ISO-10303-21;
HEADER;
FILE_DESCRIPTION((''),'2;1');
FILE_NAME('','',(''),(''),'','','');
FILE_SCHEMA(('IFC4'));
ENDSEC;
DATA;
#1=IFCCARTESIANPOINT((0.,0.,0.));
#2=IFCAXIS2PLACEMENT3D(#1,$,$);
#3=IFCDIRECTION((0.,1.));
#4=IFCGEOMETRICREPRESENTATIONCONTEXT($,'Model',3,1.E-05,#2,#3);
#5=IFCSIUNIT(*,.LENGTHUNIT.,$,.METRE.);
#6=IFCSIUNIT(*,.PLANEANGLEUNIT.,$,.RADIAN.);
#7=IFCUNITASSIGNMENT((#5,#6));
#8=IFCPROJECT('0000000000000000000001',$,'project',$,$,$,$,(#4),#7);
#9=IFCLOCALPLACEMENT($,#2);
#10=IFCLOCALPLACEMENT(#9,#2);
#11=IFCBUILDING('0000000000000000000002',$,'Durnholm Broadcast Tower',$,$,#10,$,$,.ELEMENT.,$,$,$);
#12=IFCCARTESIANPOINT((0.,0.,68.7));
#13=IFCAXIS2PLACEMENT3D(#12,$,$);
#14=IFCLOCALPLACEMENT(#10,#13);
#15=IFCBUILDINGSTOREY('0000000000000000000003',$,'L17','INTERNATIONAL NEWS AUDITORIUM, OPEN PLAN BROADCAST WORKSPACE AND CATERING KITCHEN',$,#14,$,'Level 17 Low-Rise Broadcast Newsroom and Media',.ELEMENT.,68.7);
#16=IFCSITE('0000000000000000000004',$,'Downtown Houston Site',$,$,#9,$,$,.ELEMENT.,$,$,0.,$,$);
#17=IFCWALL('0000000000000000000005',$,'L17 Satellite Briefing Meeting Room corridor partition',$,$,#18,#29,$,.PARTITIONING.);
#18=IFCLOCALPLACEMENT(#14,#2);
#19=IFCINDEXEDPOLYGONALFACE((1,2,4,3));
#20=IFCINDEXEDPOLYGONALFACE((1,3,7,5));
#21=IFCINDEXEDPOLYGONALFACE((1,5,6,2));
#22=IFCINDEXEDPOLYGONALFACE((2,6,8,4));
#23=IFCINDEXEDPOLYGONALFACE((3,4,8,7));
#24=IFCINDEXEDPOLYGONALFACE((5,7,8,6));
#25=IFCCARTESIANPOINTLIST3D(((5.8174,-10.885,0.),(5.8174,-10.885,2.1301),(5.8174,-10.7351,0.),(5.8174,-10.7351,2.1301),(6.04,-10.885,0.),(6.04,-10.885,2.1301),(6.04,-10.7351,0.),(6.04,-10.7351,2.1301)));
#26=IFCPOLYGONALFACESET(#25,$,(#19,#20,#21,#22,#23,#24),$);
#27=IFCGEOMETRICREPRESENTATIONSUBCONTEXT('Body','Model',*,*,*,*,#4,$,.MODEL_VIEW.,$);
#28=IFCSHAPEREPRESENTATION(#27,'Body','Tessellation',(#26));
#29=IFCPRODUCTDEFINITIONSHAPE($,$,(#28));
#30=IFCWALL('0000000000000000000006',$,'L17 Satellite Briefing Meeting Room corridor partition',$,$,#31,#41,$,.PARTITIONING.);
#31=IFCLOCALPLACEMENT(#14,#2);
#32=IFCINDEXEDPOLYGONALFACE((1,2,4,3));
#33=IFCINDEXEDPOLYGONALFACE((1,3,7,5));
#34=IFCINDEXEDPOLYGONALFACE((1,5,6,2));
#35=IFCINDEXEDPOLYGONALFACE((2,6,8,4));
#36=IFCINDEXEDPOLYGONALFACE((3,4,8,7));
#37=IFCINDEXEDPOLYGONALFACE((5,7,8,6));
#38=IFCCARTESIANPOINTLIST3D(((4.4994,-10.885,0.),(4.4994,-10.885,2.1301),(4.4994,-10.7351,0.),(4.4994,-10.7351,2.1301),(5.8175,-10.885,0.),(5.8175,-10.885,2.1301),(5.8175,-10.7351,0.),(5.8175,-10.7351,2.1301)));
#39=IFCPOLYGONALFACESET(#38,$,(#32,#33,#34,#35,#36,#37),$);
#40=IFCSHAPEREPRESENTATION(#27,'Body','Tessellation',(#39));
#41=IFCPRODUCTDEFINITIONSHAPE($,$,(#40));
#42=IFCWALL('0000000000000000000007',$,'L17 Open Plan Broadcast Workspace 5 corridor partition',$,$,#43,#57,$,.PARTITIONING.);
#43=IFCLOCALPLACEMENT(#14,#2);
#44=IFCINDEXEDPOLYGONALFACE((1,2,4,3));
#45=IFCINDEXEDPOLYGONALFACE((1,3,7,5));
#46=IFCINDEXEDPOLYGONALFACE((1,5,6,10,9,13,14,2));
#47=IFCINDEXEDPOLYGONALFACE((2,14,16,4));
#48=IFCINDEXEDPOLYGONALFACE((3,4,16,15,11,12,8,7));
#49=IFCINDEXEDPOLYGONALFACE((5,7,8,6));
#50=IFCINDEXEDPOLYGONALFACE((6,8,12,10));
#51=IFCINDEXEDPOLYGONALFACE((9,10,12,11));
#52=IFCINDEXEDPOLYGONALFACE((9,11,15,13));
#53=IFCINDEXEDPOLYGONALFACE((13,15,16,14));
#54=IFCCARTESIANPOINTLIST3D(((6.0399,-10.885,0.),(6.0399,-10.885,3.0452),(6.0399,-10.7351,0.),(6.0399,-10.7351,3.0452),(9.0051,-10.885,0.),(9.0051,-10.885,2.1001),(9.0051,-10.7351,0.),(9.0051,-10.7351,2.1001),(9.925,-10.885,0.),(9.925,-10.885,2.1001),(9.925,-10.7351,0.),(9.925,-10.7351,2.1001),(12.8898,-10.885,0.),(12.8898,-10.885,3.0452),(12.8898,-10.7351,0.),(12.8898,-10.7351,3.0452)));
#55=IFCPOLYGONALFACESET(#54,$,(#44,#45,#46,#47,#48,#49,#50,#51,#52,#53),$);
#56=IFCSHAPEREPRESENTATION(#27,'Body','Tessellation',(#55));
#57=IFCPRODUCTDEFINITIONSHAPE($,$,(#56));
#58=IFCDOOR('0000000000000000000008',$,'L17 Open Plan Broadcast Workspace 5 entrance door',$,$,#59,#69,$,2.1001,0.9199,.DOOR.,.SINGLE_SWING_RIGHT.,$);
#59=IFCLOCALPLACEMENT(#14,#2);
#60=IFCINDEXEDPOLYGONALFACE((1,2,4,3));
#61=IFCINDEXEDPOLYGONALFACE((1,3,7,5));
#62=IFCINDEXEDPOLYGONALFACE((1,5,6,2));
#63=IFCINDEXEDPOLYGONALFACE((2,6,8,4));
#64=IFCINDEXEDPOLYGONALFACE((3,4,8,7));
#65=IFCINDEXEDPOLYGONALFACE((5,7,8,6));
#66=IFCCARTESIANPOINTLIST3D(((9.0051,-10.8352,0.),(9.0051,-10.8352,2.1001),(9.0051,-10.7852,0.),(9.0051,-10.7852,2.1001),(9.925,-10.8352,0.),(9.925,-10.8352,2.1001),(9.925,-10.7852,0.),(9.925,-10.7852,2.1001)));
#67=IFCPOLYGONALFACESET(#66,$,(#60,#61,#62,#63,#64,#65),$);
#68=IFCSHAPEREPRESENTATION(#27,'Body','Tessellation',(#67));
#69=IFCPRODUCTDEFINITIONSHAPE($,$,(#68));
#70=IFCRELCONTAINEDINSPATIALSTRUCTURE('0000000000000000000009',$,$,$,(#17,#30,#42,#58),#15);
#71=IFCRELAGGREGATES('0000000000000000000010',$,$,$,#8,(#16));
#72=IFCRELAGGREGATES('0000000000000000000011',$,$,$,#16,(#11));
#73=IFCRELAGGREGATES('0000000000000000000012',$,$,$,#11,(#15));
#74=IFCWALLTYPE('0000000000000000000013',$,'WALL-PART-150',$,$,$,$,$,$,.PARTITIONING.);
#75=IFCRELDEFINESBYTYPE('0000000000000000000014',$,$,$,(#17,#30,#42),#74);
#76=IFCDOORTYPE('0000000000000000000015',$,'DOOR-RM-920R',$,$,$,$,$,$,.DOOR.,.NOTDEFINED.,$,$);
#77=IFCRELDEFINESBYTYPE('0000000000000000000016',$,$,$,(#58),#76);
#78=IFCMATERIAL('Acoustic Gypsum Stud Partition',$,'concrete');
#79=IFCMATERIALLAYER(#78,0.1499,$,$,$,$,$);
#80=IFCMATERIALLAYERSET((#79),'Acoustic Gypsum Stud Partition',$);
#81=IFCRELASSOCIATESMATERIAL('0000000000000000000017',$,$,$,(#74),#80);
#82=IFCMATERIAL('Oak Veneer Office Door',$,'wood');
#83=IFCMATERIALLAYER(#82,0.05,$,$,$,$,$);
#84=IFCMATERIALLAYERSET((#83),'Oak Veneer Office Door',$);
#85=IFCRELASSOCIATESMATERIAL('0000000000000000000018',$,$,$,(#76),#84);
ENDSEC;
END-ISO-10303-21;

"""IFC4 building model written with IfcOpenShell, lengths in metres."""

from ifc_helpers import new_model, si_unit, direction, frame, frame_2d, origin, place, context, subcontext, project, spatial, rectangle, extrude, source, transform, mapped, material, layer, layer_set, type_object, type_shapes, element, fill, save


model = new_model("IFC4")

# Units and contexts
model_context = context("Model", 3, precision=1e-05, world=origin(), true_north=direction((0.0, 1.0)))
body_context = subcontext(model_context, "Body", "Model", "MODEL_VIEW")
ifc_project = project(units=[si_unit("LENGTHUNIT", "METRE"), si_unit("PLANEANGLEUNIT", "RADIAN")], contexts=[model_context])

# Site, building, storey
site_placement = place(None, origin())
site = spatial("IfcSite", under=ifc_project, at=site_placement, Name="Downtown Houston Site", CompositionType="ELEMENT", RefElevation=0.0)
building_placement = place(site_placement, origin())
building = spatial("IfcBuilding", under=site, at=building_placement, Name="Durnholm Broadcast Tower", CompositionType="ELEMENT")
storey_placement = place(building_placement, frame((0.0, 0.0, 68.7)))
storey = spatial("IfcBuildingStorey", under=building, at=storey_placement, Name="L17", Description="INTERNATIONAL NEWS AUDITORIUM, OPEN PLAN BROADCAST WORKSPACE AND CATERING KITCHEN", LongName="Level 17 Low-Rise Broadcast Newsroom and Media", CompositionType="ELEMENT", Elevation=68.7)

# Walls
ifc_material_1 = material(Name="Acoustic Gypsum Stud Partition", Category="concrete")
ifc_layer_1 = layer(ifc_material_1, 0.1499)
ifc_layer_set_1 = layer_set([ifc_layer_1], Name="Acoustic Gypsum Stud Partition")
wall_type_1 = type_object("IfcWallType", Name="WALL-PART-150", PredefinedType="PARTITIONING", material=ifc_layer_set_1)
wall_1_placement = place(storey_placement, frame((5.8174, -10.8101, 0.0), z_axis=(0.0, 0.0, 1.0), x_axis=(1.0, 0.0, 0.0)))
element("IfcWall", 1, at=wall_1_placement, inside=storey, type_object=wall_type_1, Name="L17 Satellite Briefing Meeting Room corridor partition", PredefinedType="PARTITIONING", context=body_context, shape_type="SweptSolid", body=[
    extrude(rectangle(XDim=0.2227, YDim=0.1499, at=frame_2d((0.1113, 0.0))), origin(), (0.0, 0.0, 1.0), 2.1301),
])
wall_2_placement = place(storey_placement, frame((4.4993, -10.8101, 0.0), z_axis=(0.0, 0.0, 1.0), x_axis=(1.0, 0.0, 0.0)))
element("IfcWall", 2, at=wall_2_placement, inside=storey, type_object=wall_type_1, Name="L17 Satellite Briefing Meeting Room corridor partition", PredefinedType="PARTITIONING", context=body_context, shape_type="SweptSolid", body=[
    extrude(rectangle(XDim=1.3181, YDim=0.1499, at=frame_2d((0.6592, 0.0))), origin(), (0.0, 0.0, 1.0), 2.1301),
])

# Wall, opening, door
wall_3_placement = place(storey_placement, frame((6.04, -10.8101, 0.0), z_axis=(0.0, 0.0, 1.0), x_axis=(1.0, 0.0, 0.0)))
wall_3 = element("IfcWall", 3, at=wall_3_placement, inside=storey, type_object=wall_type_1, Name="L17 Open Plan Broadcast Workspace 5 corridor partition", PredefinedType="PARTITIONING", context=body_context, shape_type="SweptSolid", body=[
    extrude(rectangle(XDim=6.8499, YDim=0.1499, at=frame_2d((3.4248, 0.0))), origin(), (0.0, 0.0, 1.0), 3.0452),
])
opening_placement = place(wall_3_placement, frame((2.9651, 0.0, 0.0)))
opening = element("IfcOpeningElement", 4, at=opening_placement, cuts=wall_3, PredefinedType="OPENING", context=body_context, shape_type="SweptSolid", body=[
    extrude(rectangle(XDim=0.9199, YDim=2.1001, at=frame_2d((0.46, 1.05))), frame((0.0, 0.085, 0.0), z_axis=(0.0, -1.0, 0.0), x_axis=(1.0, 0.0, 0.0)), (0.0, 0.0, 1.0), 0.1699),
])
ifc_material_2 = material(Name="Oak Veneer Office Door", Category="wood")
ifc_layer_2 = layer(ifc_material_2, 0.05)
ifc_layer_set_2 = layer_set([ifc_layer_2], Name="Oak Veneer Office Door")
door_type = type_object("IfcDoorType", Name="DOOR-RM-920R", OperationType="NOTDEFINED", PredefinedType="DOOR", material=ifc_layer_set_2)
shared_shape_1 = source(origin(), body_context, "Body", "SweptSolid", [
    extrude(rectangle(XDim=0.9199, YDim=2.1001, at=frame_2d((0.46, 1.05))), frame((0.0, 0.0249, 0.0), z_axis=(0.0, -1.0, 0.0), x_axis=(1.0, 0.0, 0.0)), (0.0, 0.0, 1.0), 0.05),
])
type_shapes(door_type, [shared_shape_1])
door_placement = place(opening_placement, origin())
door = element("IfcDoor", 5, at=door_placement, inside=storey, type_object=door_type, Name="L17 Open Plan Broadcast Workspace 5 entrance door", OperationType="SINGLE_SWING_RIGHT", OverallHeight=2.1001, OverallWidth=0.9199, PredefinedType="DOOR", context=body_context, shape_type="MappedRepresentation", body=[
    mapped(shared_shape_1, transform((0.0, 0.0, 0.0), x_axis=(1.0, 0.0, 0.0), y_axis=(0.0, 1.0, 0.0), z_axis=(0.0, 0.0, 1.0), scale=1.0)),
])
fill(opening, door)

save(model, "model.ifc")
